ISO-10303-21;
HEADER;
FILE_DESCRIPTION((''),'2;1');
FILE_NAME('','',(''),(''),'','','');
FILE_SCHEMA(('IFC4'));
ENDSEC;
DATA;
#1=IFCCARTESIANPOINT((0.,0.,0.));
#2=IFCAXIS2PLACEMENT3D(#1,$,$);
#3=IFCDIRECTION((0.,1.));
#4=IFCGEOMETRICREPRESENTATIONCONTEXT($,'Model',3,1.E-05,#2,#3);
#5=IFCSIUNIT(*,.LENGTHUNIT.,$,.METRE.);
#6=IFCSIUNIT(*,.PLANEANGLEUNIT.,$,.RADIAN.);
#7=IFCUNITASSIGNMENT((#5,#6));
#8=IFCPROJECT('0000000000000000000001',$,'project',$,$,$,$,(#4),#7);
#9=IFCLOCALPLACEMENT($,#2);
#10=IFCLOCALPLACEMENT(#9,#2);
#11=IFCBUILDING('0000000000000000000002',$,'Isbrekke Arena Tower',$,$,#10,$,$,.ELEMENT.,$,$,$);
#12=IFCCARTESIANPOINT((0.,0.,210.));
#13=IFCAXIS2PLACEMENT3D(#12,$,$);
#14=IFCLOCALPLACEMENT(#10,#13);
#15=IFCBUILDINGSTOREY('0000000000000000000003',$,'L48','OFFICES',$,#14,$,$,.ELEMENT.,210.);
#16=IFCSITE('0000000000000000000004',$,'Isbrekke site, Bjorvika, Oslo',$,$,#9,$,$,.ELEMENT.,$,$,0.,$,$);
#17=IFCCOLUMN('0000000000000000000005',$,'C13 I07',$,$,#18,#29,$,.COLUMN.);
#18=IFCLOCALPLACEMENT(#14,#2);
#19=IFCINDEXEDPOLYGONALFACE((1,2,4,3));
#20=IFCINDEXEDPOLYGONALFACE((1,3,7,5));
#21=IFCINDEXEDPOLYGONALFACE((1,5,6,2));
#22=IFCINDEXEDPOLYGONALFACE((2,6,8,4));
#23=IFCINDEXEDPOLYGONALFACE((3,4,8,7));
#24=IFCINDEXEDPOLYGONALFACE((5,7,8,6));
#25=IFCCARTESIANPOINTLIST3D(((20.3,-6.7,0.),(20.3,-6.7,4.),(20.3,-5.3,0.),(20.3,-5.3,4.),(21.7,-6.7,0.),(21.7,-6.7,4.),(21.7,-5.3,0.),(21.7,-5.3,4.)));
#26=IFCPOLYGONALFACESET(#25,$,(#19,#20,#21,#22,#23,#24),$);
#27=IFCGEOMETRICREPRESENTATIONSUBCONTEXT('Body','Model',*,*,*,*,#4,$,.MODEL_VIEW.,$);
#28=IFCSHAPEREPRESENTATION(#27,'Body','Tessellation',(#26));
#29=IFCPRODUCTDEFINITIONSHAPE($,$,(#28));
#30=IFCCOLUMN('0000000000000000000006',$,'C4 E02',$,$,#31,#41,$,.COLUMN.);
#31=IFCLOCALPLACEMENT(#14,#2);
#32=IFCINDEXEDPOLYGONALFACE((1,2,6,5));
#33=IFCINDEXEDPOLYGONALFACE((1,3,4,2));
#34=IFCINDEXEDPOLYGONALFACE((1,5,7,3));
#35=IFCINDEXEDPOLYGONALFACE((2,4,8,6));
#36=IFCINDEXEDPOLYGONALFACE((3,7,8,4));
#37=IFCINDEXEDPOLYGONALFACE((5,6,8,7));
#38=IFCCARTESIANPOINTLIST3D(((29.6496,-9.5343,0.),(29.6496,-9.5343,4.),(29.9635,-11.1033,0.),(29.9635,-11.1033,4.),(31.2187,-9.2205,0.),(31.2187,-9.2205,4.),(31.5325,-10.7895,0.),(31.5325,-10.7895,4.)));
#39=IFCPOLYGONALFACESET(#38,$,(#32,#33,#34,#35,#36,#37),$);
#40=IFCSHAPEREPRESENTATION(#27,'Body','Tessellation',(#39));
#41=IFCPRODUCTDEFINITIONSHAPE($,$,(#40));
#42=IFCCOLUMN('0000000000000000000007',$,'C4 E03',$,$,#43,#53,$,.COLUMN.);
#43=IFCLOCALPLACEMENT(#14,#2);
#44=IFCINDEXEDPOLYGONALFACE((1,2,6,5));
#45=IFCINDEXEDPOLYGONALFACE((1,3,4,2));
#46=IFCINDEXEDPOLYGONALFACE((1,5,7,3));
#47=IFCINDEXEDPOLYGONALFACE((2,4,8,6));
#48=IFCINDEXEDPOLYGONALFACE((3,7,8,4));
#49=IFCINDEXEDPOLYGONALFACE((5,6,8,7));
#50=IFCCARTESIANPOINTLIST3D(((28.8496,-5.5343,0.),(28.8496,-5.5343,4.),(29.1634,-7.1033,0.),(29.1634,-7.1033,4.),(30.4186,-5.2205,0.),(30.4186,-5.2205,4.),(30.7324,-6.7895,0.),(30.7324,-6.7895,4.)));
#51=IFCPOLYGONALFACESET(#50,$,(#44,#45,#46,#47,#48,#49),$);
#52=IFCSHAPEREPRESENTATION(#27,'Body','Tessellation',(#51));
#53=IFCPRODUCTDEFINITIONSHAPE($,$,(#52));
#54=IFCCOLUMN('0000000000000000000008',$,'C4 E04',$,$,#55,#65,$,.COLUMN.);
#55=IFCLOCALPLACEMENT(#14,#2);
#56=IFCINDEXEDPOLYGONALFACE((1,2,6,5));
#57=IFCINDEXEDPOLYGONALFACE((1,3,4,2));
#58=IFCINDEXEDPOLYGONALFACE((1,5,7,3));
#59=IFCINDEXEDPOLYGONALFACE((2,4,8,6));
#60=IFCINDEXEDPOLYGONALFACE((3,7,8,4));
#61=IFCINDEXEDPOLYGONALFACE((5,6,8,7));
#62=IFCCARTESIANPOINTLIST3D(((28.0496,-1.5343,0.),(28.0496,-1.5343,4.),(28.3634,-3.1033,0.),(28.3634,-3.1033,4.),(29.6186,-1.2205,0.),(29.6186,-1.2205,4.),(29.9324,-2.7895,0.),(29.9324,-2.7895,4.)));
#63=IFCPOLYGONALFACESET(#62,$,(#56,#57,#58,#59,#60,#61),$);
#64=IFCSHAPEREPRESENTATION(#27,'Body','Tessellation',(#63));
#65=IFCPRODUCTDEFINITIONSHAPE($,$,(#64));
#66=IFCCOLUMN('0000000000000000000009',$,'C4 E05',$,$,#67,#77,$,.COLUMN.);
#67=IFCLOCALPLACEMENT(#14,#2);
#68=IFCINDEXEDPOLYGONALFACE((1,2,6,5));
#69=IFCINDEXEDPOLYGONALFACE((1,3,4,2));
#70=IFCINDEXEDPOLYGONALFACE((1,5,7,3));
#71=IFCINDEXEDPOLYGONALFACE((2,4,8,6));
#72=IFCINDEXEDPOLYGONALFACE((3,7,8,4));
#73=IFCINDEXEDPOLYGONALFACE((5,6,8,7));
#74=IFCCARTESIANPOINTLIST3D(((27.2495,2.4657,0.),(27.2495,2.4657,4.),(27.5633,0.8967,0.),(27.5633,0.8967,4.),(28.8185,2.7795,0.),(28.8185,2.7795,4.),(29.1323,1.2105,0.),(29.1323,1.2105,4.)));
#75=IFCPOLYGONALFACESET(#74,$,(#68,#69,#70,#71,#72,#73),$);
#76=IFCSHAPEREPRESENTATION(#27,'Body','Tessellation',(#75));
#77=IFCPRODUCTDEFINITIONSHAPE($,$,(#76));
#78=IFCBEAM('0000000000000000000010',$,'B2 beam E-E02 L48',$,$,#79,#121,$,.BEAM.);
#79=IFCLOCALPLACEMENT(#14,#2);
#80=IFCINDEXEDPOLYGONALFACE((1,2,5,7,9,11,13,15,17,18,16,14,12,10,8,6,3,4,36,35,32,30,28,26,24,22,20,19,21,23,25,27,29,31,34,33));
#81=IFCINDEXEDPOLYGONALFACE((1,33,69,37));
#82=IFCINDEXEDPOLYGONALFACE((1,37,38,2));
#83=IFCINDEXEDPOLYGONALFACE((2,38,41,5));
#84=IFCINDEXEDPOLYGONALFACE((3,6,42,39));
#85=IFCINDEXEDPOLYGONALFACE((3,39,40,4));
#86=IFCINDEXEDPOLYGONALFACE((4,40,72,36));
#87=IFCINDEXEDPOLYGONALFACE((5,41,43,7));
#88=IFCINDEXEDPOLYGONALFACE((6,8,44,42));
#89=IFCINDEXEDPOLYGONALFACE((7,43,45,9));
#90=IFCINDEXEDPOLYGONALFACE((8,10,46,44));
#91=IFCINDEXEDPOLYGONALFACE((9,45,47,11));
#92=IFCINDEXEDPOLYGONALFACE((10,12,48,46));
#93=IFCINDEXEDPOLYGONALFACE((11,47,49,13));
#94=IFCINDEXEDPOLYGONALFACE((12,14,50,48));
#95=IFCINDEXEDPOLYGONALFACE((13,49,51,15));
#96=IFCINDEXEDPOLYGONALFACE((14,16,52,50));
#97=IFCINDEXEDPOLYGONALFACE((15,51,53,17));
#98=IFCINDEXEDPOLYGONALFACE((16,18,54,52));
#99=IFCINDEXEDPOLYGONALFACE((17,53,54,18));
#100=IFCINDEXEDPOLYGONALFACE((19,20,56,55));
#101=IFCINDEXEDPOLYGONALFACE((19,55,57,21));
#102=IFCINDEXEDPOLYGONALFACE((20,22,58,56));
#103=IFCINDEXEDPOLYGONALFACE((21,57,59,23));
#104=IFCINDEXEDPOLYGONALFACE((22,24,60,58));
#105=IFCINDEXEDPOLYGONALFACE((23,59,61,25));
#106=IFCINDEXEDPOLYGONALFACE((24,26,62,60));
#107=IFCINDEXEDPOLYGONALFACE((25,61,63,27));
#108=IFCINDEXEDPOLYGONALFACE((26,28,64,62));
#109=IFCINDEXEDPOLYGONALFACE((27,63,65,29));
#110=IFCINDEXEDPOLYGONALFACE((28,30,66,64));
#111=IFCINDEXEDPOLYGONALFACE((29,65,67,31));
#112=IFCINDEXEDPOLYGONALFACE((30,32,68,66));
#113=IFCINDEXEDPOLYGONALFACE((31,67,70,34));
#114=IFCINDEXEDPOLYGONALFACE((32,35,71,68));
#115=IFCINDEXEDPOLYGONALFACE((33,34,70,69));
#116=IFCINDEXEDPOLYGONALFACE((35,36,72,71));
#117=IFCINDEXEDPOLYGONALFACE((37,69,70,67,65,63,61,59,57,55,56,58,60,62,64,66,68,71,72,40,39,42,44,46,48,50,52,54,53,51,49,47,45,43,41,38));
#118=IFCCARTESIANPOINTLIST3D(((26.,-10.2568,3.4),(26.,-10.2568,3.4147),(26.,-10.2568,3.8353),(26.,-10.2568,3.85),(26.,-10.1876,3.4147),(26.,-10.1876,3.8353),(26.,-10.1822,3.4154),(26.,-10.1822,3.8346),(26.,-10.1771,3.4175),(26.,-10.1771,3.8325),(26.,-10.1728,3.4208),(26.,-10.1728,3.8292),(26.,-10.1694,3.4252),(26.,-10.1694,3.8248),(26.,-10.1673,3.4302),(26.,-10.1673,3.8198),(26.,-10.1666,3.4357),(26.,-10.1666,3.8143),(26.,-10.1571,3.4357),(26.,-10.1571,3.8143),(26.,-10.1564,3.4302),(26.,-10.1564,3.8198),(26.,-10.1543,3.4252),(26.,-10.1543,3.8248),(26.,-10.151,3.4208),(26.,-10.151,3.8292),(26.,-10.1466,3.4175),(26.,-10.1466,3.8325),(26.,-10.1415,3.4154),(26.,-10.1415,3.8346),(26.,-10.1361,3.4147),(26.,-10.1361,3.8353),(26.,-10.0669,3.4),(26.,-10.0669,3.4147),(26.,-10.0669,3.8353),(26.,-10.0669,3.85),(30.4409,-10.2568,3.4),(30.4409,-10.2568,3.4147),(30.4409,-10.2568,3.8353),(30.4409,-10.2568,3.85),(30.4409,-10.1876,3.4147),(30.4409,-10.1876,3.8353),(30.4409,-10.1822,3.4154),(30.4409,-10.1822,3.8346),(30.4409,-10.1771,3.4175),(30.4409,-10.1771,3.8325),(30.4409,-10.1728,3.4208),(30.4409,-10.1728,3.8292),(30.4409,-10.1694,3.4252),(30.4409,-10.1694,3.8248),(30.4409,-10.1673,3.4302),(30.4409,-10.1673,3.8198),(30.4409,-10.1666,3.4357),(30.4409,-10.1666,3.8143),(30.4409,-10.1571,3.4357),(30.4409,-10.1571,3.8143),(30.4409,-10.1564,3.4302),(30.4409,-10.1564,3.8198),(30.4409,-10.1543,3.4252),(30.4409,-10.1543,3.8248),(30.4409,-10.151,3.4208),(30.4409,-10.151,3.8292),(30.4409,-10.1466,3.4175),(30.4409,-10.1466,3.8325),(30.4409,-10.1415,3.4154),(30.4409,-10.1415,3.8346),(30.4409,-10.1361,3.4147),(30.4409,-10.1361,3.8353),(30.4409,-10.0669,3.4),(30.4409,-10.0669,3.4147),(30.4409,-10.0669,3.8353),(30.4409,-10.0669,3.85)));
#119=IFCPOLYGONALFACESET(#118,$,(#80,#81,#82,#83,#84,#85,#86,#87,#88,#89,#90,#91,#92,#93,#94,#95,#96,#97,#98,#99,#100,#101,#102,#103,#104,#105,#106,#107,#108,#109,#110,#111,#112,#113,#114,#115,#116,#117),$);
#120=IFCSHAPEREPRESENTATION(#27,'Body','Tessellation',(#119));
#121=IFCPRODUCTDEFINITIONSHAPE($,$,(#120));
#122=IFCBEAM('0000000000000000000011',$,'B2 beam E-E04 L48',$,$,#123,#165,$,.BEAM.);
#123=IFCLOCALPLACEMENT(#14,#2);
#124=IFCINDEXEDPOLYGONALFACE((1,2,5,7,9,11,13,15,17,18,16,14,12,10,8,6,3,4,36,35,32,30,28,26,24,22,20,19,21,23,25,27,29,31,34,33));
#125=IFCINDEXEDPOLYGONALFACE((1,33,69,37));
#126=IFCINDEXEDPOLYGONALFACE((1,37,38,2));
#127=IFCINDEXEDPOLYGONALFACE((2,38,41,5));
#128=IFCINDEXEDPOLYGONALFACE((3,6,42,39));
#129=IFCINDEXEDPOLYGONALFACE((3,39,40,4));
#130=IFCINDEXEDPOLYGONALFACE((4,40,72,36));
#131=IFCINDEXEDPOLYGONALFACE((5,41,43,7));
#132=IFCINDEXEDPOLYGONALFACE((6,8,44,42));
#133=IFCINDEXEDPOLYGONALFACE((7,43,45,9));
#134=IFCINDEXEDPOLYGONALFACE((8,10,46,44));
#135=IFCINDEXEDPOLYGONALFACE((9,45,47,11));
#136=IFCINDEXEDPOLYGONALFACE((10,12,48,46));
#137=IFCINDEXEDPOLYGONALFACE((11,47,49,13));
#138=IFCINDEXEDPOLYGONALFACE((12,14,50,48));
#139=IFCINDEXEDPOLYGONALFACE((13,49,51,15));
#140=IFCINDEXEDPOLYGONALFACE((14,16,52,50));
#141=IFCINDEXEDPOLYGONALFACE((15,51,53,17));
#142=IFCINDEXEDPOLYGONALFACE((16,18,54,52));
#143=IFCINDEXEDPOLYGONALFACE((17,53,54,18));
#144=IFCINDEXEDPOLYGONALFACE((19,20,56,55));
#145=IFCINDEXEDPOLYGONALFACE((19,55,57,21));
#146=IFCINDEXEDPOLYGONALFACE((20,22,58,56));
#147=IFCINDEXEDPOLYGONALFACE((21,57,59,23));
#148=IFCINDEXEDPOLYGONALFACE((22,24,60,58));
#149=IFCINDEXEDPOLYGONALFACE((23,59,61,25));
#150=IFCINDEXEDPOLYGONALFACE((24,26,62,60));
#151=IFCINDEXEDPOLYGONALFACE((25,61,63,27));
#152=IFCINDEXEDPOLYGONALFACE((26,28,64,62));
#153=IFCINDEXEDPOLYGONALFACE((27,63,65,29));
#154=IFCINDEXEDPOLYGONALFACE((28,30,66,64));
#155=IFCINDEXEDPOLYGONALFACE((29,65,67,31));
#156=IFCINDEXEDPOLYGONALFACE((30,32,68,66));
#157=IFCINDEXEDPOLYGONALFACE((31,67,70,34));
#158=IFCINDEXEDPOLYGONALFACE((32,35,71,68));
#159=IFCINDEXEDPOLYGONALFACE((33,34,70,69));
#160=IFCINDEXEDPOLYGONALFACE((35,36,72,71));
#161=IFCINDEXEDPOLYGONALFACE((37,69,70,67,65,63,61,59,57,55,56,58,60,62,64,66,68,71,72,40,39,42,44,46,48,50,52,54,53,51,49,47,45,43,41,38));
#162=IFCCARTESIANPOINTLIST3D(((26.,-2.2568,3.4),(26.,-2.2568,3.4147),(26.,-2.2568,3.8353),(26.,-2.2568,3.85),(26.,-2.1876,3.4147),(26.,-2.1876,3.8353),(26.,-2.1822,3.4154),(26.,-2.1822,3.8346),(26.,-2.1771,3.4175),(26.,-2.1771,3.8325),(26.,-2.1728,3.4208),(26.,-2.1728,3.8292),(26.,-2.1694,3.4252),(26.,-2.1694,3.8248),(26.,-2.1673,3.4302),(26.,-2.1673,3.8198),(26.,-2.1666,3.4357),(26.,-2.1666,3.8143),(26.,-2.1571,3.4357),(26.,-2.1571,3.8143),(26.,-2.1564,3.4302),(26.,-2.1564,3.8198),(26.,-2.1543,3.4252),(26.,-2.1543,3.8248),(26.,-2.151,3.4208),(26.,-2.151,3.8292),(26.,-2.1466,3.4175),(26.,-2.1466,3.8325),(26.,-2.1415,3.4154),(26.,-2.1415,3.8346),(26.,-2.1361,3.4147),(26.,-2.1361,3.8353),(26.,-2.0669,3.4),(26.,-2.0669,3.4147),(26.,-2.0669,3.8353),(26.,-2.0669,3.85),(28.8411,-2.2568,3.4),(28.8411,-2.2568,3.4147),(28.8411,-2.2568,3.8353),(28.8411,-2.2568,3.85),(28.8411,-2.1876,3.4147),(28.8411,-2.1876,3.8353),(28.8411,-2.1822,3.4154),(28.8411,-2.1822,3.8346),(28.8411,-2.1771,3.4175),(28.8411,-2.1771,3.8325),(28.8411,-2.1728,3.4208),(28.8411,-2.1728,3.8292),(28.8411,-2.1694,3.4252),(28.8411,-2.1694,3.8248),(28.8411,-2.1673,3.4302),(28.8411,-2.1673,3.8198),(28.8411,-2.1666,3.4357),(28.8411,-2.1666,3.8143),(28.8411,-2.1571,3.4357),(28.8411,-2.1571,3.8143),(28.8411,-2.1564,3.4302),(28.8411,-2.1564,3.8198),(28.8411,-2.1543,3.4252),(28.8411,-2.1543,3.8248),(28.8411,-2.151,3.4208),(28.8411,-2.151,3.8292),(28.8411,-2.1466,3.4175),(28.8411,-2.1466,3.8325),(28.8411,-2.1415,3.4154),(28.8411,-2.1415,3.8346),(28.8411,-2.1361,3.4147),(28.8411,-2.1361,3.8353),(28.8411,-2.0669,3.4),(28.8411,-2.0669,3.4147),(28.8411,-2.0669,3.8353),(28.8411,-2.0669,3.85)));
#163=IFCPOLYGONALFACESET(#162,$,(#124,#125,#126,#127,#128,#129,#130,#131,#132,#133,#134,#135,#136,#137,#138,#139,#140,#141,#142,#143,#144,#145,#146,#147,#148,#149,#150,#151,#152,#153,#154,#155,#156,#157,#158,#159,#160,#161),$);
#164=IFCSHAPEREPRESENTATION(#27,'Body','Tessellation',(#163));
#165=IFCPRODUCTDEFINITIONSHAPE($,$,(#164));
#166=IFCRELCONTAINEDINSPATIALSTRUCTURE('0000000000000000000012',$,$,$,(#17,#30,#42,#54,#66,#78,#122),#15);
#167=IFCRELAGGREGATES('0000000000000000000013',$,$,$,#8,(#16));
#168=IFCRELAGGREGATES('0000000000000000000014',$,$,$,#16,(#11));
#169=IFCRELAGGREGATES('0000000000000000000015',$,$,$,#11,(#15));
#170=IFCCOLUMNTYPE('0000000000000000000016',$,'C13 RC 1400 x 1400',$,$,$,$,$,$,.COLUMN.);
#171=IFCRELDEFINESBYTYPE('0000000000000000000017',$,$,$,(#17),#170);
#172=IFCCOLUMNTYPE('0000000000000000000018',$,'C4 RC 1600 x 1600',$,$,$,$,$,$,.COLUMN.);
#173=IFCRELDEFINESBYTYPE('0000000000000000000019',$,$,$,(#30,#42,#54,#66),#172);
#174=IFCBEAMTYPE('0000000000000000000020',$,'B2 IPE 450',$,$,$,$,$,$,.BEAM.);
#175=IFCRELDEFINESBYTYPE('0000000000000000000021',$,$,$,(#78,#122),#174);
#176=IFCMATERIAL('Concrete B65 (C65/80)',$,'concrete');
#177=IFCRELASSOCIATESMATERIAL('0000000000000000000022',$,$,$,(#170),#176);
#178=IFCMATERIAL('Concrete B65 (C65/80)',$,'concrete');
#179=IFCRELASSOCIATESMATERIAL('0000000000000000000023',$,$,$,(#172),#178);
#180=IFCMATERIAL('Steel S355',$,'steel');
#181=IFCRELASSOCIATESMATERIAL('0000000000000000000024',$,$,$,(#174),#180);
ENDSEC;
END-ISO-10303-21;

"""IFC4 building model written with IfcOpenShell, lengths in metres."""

from ifc_helpers import new_model, si_unit, direction, frame, origin, origin_2d, place, context, subcontext, project, spatial, rectangle, i_section, extrude, material, material_profile, profile_set, type_object, element, save


model = new_model("IFC4")

# Units and contexts
model_context = context("Model", 3, precision=1e-05, world=origin(), true_north=direction((0.0, 1.0)))
body_context = subcontext(model_context, "Body", "Model", "MODEL_VIEW")
ifc_project = project(units=[si_unit("LENGTHUNIT", "METRE"), si_unit("PLANEANGLEUNIT", "RADIAN")], contexts=[model_context])

# Site, building, storey
site_placement = place(None, origin())
site = spatial("IfcSite", under=ifc_project, at=site_placement, Name="Isbrekke site, Bjorvika, Oslo", CompositionType="ELEMENT", RefElevation=0.0)
building_placement = place(site_placement, origin())
building = spatial("IfcBuilding", under=site, at=building_placement, Name="Isbrekke Arena Tower", CompositionType="ELEMENT")
storey_placement = place(building_placement, frame((0.0, 0.0, 210.0)))
storey = spatial("IfcBuildingStorey", under=building, at=storey_placement, Name="L48", Description="OFFICES", CompositionType="ELEMENT", Elevation=210.0)

# Columns
ifc_material_1 = material(Name="Concrete B65 (C65/80)", Category="concrete")
ifc_material_profile_1 = material_profile(ifc_material_1, rectangle(XDim=1.3999, YDim=1.3999, at=origin_2d()), Name="RC 1400x1400")
ifc_profile_set_1 = profile_set([ifc_material_profile_1], Name="Concrete B65 (C65/80)")
column_type_1 = type_object("IfcColumnType", Name="C13 RC 1400 x 1400", PredefinedType="COLUMN", material=ifc_profile_set_1)
column_placement = place(storey_placement, frame((21.0, -6.0, 0.0), z_axis=(0.0, 0.0, 1.0), x_axis=(1.0, 0.0, 0.0)))
element("IfcColumn", 1, at=column_placement, inside=storey, type_object=column_type_1, Name="C13 I07", PredefinedType="COLUMN", context=body_context, shape_type="SweptSolid", body=[
    extrude(rectangle(XDim=1.3999, YDim=1.3999, at=origin_2d()), origin(), (0.0, 0.0, 1.0), 4.0),
])
ifc_material_2 = material(Name="Concrete B65 (C65/80)", Category="concrete")
ifc_material_profile_2 = material_profile(ifc_material_2, rectangle(XDim=1.6001, YDim=1.6001, at=origin_2d()), Name="RC 1600x1600")
ifc_profile_set_2 = profile_set([ifc_material_profile_2], Name="Concrete B65 (C65/80)")
column_type_2 = type_object("IfcColumnType", Name="C4 RC 1600 x 1600", PredefinedType="COLUMN", material=ifc_profile_set_2)
for number, where, z_axis, x_axis, name in (
    (2, (30.5911, -10.1619, 0.0), (0.0, 0.0, 1.0), (-0.196116, 0.980581, 0.0), "C4 E02"),
    (3, (29.791, -6.1619, 0.0), (0.0, 0.0, 1.0), (-0.196116, 0.980581, 0.0), "C4 E03"),
    (4, (28.991, -2.1619, 0.0), (0.0, 0.0, 1.0), (-0.196116, 0.980581, 0.0), "C4 E04"),
    (5, (28.1909, 1.8381, 0.0), (0.0, 0.0, 1.0), (-0.196116, 0.980581, 0.0), "C4 E05"),
):
    element("IfcColumn", number, at=place(storey_placement, frame(where, z_axis=z_axis, x_axis=x_axis)), inside=storey, type_object=column_type_2, Name=name, PredefinedType="COLUMN", context=body_context, shape_type="SweptSolid", body=[
        extrude(rectangle(XDim=1.6001, YDim=1.6001, at=origin_2d()), origin(), (0.0, 0.0, 1.0), 4.0),
    ])

# Beams
ifc_material_3 = material(Name="Steel S355", Category="steel")
ifc_material_profile_3 = material_profile(ifc_material_3, i_section(OverallWidth=0.1899, OverallDepth=0.45, WebThickness=0.0095, FlangeThickness=0.0146, FilletRadius=0.021, at=origin_2d()), Name="IPE 450")
ifc_profile_set_3 = profile_set([ifc_material_profile_3], Name="Steel S355")
beam_type_1 = type_object("IfcBeamType", Name="B2 IPE 450", PredefinedType="BEAM", material=ifc_profile_set_3)
beam_1_placement = place(storey_placement, frame((30.4409, -10.1619, 3.625), z_axis=(-1.0, 0.0, 0.0), x_axis=(0.0, -1.0, 0.0)))
element("IfcBeam", 6, at=beam_1_placement, inside=storey, type_object=beam_type_1, Name="B2 beam E-E02 L48", PredefinedType="BEAM", context=body_context, shape_type="SweptSolid", body=[
    extrude(i_section(OverallWidth=0.1899, OverallDepth=0.45, WebThickness=0.0095, FlangeThickness=0.0146, FilletRadius=0.021, at=origin_2d()), origin(), (0.0, 0.0, 1.0), 4.4409),
])
beam_2_placement = place(storey_placement, frame((28.8411, -2.1619, 3.625), z_axis=(-1.0, 0.0, 0.0), x_axis=(0.0, -1.0, 0.0)))
element("IfcBeam", 7, at=beam_2_placement, inside=storey, type_object=beam_type_1, Name="B2 beam E-E04 L48", PredefinedType="BEAM", context=body_context, shape_type="SweptSolid", body=[
    extrude(i_section(OverallWidth=0.1899, OverallDepth=0.45, WebThickness=0.0095, FlangeThickness=0.0146, FilletRadius=0.021, at=origin_2d()), origin(), (0.0, 0.0, 1.0), 2.8411),
])

save(model, "model.ifc")
